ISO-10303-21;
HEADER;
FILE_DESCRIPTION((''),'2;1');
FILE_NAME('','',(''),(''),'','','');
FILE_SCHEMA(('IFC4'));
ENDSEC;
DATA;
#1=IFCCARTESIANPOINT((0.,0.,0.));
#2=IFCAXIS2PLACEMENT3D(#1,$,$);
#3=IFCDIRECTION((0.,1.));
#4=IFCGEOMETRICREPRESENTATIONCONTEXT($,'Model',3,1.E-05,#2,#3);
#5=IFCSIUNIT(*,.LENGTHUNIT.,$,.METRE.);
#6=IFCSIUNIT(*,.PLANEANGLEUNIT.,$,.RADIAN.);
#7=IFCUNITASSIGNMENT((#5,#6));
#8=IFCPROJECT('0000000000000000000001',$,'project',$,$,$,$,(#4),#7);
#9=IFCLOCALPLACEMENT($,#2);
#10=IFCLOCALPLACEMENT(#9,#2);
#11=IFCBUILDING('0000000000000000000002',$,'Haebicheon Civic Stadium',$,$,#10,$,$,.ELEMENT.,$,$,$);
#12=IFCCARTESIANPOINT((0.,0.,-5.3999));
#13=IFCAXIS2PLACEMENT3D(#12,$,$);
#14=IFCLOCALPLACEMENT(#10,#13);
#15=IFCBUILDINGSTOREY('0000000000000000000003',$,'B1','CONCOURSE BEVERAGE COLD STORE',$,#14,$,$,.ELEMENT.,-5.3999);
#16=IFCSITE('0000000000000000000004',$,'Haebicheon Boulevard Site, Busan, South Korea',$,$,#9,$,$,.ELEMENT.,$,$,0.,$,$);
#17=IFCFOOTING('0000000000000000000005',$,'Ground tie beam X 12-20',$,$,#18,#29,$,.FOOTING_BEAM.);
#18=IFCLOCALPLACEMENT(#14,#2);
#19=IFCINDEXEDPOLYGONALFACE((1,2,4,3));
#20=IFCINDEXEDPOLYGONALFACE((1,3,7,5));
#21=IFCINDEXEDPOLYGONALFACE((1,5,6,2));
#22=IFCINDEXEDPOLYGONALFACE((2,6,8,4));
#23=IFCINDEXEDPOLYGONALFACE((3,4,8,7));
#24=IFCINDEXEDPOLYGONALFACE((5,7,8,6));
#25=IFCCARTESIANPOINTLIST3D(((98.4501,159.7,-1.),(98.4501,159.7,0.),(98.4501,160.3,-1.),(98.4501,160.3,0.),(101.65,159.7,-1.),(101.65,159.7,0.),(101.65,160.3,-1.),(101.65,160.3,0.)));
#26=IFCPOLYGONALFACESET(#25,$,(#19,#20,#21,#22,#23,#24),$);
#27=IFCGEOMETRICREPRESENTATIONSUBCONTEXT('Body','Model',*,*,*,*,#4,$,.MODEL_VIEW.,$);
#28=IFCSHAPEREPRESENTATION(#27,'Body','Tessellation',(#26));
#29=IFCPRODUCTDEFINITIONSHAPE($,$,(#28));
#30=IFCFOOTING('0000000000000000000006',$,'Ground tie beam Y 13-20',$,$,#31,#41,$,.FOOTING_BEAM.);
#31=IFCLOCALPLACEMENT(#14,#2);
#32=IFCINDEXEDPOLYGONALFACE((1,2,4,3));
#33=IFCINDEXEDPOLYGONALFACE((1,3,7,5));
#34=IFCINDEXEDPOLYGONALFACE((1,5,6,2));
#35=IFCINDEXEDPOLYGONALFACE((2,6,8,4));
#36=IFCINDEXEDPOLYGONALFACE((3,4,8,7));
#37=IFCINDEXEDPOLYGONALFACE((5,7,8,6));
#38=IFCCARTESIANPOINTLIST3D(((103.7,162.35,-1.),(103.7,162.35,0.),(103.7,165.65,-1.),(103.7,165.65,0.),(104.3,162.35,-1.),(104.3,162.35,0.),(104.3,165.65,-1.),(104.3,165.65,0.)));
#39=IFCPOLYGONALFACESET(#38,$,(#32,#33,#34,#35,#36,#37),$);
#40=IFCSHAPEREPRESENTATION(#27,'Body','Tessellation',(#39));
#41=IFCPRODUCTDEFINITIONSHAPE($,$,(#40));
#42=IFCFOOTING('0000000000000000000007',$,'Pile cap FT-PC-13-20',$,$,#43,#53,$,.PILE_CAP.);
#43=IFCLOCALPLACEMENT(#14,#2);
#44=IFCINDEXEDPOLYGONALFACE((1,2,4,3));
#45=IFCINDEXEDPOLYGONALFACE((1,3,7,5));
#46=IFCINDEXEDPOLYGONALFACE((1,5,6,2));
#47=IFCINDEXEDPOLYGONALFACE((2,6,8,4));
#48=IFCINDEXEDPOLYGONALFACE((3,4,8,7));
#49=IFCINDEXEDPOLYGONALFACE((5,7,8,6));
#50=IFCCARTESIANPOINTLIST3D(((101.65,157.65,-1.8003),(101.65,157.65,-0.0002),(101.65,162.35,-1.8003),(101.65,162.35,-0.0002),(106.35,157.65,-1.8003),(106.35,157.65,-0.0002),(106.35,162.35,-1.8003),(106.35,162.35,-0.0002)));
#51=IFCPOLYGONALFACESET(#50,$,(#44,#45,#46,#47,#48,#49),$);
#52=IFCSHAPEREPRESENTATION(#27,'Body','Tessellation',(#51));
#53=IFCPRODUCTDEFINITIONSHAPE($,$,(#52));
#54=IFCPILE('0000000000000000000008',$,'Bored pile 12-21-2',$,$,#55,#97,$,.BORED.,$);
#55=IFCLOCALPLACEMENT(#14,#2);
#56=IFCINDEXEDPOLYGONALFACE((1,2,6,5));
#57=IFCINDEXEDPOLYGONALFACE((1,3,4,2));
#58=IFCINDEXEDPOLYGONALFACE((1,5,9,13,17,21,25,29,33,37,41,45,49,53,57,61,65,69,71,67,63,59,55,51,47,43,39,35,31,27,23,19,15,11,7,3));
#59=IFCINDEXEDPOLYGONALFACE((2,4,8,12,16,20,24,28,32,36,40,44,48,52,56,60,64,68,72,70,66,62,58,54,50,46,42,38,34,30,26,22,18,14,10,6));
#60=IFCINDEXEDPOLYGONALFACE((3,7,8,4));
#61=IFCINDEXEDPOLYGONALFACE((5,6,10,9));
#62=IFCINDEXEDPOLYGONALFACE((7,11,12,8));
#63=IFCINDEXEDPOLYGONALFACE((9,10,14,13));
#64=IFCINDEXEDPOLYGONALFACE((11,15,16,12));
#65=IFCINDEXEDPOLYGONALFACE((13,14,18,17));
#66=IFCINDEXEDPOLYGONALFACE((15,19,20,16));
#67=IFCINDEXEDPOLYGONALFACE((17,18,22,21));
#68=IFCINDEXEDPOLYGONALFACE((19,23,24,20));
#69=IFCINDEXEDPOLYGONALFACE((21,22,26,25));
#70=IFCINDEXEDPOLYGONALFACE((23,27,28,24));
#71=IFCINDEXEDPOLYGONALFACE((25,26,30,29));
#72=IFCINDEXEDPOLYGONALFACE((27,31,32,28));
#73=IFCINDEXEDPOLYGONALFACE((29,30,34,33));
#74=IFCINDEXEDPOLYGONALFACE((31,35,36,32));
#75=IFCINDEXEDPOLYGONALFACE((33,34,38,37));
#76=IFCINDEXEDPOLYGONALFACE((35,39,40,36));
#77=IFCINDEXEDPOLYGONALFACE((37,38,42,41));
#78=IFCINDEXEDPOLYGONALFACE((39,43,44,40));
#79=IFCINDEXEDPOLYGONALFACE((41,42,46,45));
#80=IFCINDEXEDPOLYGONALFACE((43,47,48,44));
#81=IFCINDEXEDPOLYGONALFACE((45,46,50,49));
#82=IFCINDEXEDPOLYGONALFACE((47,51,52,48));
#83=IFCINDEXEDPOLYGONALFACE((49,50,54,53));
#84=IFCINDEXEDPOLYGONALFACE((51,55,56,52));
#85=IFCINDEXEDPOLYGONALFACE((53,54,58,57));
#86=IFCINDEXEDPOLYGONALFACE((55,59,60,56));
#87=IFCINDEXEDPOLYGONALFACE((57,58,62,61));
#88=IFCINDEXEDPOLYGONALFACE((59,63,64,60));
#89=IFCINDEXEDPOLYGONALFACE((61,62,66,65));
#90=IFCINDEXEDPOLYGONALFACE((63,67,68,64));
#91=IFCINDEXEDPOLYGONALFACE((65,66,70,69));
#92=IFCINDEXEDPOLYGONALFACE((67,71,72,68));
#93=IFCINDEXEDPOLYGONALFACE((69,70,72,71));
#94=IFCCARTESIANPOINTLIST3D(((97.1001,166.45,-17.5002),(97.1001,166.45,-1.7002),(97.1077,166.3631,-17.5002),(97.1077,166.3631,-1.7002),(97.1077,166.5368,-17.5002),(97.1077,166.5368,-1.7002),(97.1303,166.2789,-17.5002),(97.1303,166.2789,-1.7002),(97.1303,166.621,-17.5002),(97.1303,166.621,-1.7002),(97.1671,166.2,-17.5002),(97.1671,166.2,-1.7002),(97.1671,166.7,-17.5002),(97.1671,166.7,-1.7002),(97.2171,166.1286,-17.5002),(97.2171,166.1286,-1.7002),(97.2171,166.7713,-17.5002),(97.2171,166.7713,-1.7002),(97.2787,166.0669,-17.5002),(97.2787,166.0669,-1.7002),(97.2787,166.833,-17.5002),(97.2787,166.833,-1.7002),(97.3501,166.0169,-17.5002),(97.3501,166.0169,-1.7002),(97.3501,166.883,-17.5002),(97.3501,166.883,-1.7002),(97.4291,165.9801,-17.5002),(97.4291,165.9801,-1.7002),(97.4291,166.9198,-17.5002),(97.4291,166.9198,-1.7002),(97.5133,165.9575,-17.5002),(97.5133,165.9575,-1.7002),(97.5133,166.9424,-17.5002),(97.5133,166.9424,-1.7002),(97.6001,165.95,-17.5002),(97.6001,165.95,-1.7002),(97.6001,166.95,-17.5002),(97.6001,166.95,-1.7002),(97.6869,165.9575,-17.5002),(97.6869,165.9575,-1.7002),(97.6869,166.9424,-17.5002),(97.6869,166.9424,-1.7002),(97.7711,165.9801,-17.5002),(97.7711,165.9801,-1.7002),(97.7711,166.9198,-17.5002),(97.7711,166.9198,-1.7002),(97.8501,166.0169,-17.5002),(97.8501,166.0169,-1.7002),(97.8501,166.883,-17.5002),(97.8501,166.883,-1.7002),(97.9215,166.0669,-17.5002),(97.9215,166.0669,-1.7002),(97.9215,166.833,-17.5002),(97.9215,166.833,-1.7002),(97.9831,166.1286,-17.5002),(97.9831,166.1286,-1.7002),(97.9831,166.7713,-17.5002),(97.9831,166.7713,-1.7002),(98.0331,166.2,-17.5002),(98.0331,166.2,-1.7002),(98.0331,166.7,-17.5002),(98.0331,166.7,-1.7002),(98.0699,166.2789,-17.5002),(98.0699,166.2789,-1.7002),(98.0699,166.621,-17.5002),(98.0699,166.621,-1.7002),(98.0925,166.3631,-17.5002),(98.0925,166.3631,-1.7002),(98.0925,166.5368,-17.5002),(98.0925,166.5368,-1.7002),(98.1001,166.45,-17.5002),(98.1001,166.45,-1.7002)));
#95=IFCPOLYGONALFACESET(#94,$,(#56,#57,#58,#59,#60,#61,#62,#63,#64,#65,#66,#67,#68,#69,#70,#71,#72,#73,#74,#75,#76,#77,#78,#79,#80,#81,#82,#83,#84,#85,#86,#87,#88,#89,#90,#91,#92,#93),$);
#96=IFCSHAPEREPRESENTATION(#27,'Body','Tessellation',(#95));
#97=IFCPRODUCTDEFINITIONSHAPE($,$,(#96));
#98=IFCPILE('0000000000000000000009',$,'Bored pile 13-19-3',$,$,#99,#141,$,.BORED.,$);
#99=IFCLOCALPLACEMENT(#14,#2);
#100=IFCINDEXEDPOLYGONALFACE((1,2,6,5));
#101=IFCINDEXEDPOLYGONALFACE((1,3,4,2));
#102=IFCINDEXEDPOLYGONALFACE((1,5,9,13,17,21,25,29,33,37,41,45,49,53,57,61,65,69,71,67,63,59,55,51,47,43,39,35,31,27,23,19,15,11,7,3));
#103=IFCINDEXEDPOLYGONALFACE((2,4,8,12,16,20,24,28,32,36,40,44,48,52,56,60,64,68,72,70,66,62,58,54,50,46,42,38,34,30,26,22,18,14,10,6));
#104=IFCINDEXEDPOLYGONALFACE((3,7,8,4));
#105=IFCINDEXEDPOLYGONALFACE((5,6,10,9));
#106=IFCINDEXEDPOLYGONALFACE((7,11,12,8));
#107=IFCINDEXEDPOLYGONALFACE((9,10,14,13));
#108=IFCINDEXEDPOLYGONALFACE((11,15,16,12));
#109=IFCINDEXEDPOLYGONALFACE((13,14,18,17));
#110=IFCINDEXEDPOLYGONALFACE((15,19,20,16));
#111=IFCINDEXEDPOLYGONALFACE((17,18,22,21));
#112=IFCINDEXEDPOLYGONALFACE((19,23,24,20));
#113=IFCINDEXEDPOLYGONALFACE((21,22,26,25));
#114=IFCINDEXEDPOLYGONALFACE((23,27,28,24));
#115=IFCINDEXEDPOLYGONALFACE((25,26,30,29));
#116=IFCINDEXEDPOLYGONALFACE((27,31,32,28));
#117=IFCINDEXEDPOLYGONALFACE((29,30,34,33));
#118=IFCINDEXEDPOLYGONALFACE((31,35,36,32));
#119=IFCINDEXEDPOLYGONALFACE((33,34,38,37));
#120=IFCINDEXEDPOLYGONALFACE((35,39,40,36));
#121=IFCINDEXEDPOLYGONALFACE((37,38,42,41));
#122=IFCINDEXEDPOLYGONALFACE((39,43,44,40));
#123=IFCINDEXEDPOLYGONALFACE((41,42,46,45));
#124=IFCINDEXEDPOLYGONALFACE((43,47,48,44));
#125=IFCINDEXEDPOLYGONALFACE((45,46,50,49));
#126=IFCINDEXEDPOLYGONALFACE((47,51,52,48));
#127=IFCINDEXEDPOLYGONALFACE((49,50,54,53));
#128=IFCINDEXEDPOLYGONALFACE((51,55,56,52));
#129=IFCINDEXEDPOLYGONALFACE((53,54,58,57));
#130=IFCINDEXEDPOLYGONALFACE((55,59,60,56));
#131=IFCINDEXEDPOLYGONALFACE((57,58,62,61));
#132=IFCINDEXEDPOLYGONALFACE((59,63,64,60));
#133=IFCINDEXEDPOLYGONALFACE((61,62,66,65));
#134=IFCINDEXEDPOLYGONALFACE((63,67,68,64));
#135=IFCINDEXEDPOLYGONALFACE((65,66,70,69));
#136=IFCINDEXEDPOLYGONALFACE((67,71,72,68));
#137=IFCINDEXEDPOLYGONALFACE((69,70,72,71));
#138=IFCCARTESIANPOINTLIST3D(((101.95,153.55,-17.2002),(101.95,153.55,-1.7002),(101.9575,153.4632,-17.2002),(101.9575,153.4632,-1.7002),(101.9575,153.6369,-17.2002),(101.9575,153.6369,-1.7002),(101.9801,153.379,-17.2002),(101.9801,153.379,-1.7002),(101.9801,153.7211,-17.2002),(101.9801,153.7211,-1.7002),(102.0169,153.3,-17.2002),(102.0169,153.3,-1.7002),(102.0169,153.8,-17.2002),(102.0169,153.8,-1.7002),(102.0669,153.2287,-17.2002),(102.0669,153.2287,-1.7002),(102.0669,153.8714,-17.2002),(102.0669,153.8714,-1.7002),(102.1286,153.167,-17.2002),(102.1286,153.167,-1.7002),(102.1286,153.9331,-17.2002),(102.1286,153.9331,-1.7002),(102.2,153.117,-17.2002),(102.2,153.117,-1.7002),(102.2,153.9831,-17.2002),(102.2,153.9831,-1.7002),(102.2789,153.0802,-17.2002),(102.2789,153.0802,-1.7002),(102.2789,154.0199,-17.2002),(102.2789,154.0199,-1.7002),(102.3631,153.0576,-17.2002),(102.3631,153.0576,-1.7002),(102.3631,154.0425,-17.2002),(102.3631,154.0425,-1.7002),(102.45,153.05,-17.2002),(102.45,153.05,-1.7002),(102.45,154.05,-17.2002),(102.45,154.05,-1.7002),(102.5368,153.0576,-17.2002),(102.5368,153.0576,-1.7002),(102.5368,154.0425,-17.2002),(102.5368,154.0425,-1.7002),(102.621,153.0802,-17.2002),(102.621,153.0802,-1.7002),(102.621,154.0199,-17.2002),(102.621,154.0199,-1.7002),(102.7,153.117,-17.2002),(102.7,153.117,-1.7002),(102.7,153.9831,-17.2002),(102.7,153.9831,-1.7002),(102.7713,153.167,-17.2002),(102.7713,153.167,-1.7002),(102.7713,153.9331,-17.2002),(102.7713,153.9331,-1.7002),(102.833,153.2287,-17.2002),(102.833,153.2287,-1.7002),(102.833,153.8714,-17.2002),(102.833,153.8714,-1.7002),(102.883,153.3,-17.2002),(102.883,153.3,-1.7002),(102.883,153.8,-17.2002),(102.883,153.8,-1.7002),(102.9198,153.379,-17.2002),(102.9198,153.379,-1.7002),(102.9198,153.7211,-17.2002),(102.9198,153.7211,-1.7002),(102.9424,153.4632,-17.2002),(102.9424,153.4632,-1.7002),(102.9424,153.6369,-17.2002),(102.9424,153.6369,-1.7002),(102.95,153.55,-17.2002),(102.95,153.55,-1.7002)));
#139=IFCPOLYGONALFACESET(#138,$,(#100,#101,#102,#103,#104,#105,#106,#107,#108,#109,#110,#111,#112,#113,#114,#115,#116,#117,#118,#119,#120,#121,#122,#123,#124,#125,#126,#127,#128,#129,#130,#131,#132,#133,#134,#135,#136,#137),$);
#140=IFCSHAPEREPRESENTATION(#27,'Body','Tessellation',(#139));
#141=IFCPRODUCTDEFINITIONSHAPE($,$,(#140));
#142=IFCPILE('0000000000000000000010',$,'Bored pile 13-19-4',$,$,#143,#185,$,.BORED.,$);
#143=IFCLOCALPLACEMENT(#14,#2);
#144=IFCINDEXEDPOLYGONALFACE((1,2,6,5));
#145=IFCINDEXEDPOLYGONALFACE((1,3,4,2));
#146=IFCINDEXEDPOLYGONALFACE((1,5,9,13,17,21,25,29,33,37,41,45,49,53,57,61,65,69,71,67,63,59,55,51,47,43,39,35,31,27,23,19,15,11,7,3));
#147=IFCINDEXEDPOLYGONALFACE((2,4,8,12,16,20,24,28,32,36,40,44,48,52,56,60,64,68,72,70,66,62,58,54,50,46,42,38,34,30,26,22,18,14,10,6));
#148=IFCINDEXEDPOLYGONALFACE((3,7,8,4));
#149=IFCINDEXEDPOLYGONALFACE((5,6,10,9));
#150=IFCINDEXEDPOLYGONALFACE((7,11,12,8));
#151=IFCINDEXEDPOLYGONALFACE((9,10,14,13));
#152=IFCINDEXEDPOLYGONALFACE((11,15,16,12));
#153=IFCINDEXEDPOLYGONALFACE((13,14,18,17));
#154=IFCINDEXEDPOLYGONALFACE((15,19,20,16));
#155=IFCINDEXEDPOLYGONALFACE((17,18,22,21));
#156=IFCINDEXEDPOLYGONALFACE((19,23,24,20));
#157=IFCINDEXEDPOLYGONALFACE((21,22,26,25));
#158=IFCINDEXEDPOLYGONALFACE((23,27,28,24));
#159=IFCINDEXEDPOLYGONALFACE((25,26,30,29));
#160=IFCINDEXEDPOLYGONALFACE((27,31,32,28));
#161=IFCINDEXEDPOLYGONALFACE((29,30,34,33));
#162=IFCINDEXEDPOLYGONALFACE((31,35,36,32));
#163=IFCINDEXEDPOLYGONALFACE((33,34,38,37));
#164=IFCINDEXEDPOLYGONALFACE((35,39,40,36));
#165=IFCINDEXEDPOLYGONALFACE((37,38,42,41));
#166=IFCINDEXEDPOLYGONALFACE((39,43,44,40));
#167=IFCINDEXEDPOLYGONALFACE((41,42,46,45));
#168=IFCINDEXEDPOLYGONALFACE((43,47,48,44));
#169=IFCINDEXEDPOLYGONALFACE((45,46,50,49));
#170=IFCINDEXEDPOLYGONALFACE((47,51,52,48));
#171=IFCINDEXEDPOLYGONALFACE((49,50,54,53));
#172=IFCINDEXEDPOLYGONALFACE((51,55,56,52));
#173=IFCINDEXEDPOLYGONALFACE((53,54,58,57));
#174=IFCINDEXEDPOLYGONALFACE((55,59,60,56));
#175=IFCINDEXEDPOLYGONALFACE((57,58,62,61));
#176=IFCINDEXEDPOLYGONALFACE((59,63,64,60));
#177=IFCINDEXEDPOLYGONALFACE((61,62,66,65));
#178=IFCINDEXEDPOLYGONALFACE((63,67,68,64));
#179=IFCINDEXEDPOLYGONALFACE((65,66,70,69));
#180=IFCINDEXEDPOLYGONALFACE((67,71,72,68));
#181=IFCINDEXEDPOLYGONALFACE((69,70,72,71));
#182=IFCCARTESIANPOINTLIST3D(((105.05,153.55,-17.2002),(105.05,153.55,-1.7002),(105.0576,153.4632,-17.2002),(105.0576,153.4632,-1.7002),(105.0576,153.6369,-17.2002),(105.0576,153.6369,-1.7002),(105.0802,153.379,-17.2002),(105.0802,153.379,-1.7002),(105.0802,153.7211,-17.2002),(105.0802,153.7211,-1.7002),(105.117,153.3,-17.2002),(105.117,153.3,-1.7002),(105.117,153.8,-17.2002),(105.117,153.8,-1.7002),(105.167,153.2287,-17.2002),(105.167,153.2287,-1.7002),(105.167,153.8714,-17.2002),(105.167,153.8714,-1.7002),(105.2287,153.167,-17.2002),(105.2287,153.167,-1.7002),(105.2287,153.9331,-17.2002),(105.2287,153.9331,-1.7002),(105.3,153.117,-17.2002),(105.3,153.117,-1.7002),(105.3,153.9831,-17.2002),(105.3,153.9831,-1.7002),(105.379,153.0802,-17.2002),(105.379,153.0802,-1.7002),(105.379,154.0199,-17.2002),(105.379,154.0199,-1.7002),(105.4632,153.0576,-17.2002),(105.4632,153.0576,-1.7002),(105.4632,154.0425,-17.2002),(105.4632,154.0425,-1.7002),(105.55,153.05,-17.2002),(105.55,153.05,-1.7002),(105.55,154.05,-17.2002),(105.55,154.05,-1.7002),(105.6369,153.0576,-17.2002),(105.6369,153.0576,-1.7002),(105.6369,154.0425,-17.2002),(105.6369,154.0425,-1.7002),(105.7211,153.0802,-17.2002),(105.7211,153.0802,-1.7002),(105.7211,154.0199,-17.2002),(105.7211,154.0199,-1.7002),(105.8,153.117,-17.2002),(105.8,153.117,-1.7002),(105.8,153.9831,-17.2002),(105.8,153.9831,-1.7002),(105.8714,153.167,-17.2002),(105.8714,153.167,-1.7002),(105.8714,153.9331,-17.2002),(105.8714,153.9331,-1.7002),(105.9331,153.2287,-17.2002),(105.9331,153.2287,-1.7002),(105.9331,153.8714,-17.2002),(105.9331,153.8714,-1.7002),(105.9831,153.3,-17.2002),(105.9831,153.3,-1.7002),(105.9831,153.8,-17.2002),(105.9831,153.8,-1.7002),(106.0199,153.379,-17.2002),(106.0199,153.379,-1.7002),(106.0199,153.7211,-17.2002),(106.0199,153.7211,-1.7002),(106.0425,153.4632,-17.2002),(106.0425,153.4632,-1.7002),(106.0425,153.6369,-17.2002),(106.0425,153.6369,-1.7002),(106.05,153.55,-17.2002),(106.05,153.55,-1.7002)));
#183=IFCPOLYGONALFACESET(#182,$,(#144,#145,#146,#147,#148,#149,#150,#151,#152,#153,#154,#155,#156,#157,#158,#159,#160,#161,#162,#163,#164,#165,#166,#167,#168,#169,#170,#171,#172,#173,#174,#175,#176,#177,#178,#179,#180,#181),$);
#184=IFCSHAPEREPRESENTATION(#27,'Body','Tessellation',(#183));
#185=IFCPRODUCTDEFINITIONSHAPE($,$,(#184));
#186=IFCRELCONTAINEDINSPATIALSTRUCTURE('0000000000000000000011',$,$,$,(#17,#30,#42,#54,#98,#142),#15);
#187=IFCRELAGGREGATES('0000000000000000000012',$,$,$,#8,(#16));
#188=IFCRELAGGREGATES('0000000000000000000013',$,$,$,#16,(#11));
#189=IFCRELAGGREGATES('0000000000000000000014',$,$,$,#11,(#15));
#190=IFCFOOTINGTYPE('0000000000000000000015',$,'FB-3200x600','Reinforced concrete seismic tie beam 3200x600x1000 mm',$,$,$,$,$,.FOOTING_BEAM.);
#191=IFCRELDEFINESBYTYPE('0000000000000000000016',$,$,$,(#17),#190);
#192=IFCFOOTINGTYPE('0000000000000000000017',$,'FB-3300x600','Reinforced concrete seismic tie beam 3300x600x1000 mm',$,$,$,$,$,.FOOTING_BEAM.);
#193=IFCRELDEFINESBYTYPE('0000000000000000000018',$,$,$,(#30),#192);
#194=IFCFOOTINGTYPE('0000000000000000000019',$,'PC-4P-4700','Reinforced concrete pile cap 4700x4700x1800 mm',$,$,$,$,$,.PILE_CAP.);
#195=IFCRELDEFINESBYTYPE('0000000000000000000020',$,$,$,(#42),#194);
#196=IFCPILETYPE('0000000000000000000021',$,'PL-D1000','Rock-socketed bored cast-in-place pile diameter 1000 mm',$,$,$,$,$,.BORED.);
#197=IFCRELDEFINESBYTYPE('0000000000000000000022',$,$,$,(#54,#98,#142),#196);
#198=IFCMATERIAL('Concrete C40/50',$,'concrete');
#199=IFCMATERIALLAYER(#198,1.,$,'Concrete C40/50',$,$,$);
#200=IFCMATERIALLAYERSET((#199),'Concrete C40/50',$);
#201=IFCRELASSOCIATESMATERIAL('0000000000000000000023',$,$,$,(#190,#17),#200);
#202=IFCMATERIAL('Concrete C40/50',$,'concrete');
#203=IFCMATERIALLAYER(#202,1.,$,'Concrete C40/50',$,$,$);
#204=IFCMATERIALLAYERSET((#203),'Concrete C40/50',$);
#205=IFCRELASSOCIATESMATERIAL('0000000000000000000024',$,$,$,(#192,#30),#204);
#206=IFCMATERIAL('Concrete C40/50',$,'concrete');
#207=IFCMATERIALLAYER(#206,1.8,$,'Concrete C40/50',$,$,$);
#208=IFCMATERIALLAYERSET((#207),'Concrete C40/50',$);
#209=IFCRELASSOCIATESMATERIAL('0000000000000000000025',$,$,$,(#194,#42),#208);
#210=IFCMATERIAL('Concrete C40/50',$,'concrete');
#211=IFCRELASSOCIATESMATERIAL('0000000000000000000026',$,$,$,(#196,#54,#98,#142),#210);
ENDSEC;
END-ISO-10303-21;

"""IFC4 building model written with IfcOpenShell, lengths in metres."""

from ifc_helpers import new_model, si_unit, direction, frame, origin, origin_2d, place, context, subcontext, project, spatial, rectangle, circle, extrude, material, layer, layer_set, material_profile, profile_set, type_object, element, save


model = new_model("IFC4")

# Units and contexts
model_context = context("Model", 3, precision=1e-05, world=origin(), true_north=direction((0.0, 1.0)))
body_context = subcontext(model_context, "Body", "Model", "MODEL_VIEW")
ifc_project = project(units=[si_unit("LENGTHUNIT", "METRE"), si_unit("PLANEANGLEUNIT", "RADIAN")], contexts=[model_context])

# Site, building, storey
site_placement = place(None, origin())
site = spatial("IfcSite", under=ifc_project, at=site_placement, Name="Haebicheon Boulevard Site, Busan, South Korea", CompositionType="ELEMENT", RefElevation=0.0)
building_placement = place(site_placement, origin())
building = spatial("IfcBuilding", under=site, at=building_placement, Name="Haebicheon Civic Stadium", CompositionType="ELEMENT")
storey_placement = place(building_placement, frame((0.0, 0.0, -5.3999)))
storey = spatial("IfcBuildingStorey", under=building, at=storey_placement, Name="B1", Description="CONCOURSE BEVERAGE COLD STORE", CompositionType="ELEMENT", Elevation=-5.3999)

# Footings
ifc_material_1 = material(Name="Concrete C40/50", Category="concrete")
ifc_layer_1 = layer(ifc_material_1, 1.0, Name="Concrete C40/50")
ifc_layer_set_1 = layer_set([ifc_layer_1], Name="Concrete C40/50")
footing_type_1 = type_object("IfcFootingType", Name="FB-3200x600", Description="Reinforced concrete seismic tie beam 3200x600x1000 mm", PredefinedType="FOOTING_BEAM", material=ifc_layer_set_1)
footing_1_placement = place(storey_placement, frame((100.05, 160.0, -1.0), z_axis=(0.0, 0.0, 1.0), x_axis=(1.0, 0.0, 0.0)))
element("IfcFooting", 1, at=footing_1_placement, inside=storey, type_object=footing_type_1, material=ifc_layer_set_1, Name="Ground tie beam X 12-20", PredefinedType="FOOTING_BEAM", context=body_context, shape_type="SweptSolid", body=[
    extrude(rectangle(XDim=3.2, YDim=0.6001, at=origin_2d()), origin(), (0.0, 0.0, 1.0), 1.0),
])
ifc_material_2 = material(Name="Concrete C40/50", Category="concrete")
ifc_layer_2 = layer(ifc_material_2, 1.0, Name="Concrete C40/50")
ifc_layer_set_2 = layer_set([ifc_layer_2], Name="Concrete C40/50")
footing_type_2 = type_object("IfcFootingType", Name="FB-3300x600", Description="Reinforced concrete seismic tie beam 3300x600x1000 mm", PredefinedType="FOOTING_BEAM", material=ifc_layer_set_2)
footing_2_placement = place(storey_placement, frame((104.0, 164.0, -1.0), z_axis=(0.0, 0.0, 1.0), x_axis=(0.0, 1.0, 0.0)))
element("IfcFooting", 2, at=footing_2_placement, inside=storey, type_object=footing_type_2, material=ifc_layer_set_2, Name="Ground tie beam Y 13-20", PredefinedType="FOOTING_BEAM", context=body_context, shape_type="SweptSolid", body=[
    extrude(rectangle(XDim=3.3, YDim=0.6001, at=origin_2d()), origin(), (0.0, 0.0, 1.0), 1.0),
])
ifc_material_3 = material(Name="Concrete C40/50", Category="concrete")
ifc_layer_3 = layer(ifc_material_3, 1.8, Name="Concrete C40/50")
ifc_layer_set_3 = layer_set([ifc_layer_3], Name="Concrete C40/50")
footing_type_3 = type_object("IfcFootingType", Name="PC-4P-4700", Description="Reinforced concrete pile cap 4700x4700x1800 mm", PredefinedType="PILE_CAP", material=ifc_layer_set_3)
footing_3_placement = place(storey_placement, frame((104.0, 160.0, -1.8003), z_axis=(0.0, 0.0, 1.0), x_axis=(1.0, 0.0, 0.0)))
element("IfcFooting", 3, at=footing_3_placement, inside=storey, type_object=footing_type_3, material=ifc_layer_set_3, Name="Pile cap FT-PC-13-20", PredefinedType="PILE_CAP", context=body_context, shape_type="SweptSolid", body=[
    extrude(rectangle(XDim=4.7, YDim=4.7, at=origin_2d()), origin(), (0.0, 0.0, 1.0), 1.8),
])

# Piles
ifc_material_4 = material(Name="Concrete C40/50", Category="concrete")
ifc_material_profile_1 = material_profile(ifc_material_4, circle(Radius=0.5, at=origin_2d()), Name="PILE-D1000")
ifc_profile_set_1 = profile_set([ifc_material_profile_1], Name="Concrete C40/50")
pile_type = type_object("IfcPileType", Name="PL-D1000", Description="Rock-socketed bored cast-in-place pile diameter 1000 mm", PredefinedType="BORED", material=ifc_profile_set_1)
pile_placement = place(storey_placement, frame((97.6001, 166.45, -1.7002), z_axis=(0.0, 0.0, -1.0), x_axis=(1.0, 0.0, 0.0)))
element("IfcPile", 4, at=pile_placement, inside=storey, type_object=pile_type, material=ifc_profile_set_1, Name="Bored pile 12-21-2", PredefinedType="BORED", context=body_context, shape_type="SweptSolid", body=[
    extrude(circle(Radius=0.5, at=origin_2d()), origin(), (0.0, 0.0, 1.0), 15.8),
])
for number, where, z_axis, x_axis, name in (
    (5, (102.45, 153.55, -1.7002), (0.0, 0.0, -1.0), (1.0, 0.0, 0.0), "Bored pile 13-19-3"),
    (6, (105.55, 153.55, -1.7002), (0.0, 0.0, -1.0), (1.0, 0.0, 0.0), "Bored pile 13-19-4"),
):
    element("IfcPile", number, at=place(storey_placement, frame(where, z_axis=z_axis, x_axis=x_axis)), inside=storey, type_object=pile_type, material=ifc_profile_set_1, Name=name, PredefinedType="BORED", context=body_context, shape_type="SweptSolid", body=[
        extrude(circle(Radius=0.5, at=origin_2d()), origin(), (0.0, 0.0, 1.0), 15.5),
    ])

save(model, "model.ifc")
